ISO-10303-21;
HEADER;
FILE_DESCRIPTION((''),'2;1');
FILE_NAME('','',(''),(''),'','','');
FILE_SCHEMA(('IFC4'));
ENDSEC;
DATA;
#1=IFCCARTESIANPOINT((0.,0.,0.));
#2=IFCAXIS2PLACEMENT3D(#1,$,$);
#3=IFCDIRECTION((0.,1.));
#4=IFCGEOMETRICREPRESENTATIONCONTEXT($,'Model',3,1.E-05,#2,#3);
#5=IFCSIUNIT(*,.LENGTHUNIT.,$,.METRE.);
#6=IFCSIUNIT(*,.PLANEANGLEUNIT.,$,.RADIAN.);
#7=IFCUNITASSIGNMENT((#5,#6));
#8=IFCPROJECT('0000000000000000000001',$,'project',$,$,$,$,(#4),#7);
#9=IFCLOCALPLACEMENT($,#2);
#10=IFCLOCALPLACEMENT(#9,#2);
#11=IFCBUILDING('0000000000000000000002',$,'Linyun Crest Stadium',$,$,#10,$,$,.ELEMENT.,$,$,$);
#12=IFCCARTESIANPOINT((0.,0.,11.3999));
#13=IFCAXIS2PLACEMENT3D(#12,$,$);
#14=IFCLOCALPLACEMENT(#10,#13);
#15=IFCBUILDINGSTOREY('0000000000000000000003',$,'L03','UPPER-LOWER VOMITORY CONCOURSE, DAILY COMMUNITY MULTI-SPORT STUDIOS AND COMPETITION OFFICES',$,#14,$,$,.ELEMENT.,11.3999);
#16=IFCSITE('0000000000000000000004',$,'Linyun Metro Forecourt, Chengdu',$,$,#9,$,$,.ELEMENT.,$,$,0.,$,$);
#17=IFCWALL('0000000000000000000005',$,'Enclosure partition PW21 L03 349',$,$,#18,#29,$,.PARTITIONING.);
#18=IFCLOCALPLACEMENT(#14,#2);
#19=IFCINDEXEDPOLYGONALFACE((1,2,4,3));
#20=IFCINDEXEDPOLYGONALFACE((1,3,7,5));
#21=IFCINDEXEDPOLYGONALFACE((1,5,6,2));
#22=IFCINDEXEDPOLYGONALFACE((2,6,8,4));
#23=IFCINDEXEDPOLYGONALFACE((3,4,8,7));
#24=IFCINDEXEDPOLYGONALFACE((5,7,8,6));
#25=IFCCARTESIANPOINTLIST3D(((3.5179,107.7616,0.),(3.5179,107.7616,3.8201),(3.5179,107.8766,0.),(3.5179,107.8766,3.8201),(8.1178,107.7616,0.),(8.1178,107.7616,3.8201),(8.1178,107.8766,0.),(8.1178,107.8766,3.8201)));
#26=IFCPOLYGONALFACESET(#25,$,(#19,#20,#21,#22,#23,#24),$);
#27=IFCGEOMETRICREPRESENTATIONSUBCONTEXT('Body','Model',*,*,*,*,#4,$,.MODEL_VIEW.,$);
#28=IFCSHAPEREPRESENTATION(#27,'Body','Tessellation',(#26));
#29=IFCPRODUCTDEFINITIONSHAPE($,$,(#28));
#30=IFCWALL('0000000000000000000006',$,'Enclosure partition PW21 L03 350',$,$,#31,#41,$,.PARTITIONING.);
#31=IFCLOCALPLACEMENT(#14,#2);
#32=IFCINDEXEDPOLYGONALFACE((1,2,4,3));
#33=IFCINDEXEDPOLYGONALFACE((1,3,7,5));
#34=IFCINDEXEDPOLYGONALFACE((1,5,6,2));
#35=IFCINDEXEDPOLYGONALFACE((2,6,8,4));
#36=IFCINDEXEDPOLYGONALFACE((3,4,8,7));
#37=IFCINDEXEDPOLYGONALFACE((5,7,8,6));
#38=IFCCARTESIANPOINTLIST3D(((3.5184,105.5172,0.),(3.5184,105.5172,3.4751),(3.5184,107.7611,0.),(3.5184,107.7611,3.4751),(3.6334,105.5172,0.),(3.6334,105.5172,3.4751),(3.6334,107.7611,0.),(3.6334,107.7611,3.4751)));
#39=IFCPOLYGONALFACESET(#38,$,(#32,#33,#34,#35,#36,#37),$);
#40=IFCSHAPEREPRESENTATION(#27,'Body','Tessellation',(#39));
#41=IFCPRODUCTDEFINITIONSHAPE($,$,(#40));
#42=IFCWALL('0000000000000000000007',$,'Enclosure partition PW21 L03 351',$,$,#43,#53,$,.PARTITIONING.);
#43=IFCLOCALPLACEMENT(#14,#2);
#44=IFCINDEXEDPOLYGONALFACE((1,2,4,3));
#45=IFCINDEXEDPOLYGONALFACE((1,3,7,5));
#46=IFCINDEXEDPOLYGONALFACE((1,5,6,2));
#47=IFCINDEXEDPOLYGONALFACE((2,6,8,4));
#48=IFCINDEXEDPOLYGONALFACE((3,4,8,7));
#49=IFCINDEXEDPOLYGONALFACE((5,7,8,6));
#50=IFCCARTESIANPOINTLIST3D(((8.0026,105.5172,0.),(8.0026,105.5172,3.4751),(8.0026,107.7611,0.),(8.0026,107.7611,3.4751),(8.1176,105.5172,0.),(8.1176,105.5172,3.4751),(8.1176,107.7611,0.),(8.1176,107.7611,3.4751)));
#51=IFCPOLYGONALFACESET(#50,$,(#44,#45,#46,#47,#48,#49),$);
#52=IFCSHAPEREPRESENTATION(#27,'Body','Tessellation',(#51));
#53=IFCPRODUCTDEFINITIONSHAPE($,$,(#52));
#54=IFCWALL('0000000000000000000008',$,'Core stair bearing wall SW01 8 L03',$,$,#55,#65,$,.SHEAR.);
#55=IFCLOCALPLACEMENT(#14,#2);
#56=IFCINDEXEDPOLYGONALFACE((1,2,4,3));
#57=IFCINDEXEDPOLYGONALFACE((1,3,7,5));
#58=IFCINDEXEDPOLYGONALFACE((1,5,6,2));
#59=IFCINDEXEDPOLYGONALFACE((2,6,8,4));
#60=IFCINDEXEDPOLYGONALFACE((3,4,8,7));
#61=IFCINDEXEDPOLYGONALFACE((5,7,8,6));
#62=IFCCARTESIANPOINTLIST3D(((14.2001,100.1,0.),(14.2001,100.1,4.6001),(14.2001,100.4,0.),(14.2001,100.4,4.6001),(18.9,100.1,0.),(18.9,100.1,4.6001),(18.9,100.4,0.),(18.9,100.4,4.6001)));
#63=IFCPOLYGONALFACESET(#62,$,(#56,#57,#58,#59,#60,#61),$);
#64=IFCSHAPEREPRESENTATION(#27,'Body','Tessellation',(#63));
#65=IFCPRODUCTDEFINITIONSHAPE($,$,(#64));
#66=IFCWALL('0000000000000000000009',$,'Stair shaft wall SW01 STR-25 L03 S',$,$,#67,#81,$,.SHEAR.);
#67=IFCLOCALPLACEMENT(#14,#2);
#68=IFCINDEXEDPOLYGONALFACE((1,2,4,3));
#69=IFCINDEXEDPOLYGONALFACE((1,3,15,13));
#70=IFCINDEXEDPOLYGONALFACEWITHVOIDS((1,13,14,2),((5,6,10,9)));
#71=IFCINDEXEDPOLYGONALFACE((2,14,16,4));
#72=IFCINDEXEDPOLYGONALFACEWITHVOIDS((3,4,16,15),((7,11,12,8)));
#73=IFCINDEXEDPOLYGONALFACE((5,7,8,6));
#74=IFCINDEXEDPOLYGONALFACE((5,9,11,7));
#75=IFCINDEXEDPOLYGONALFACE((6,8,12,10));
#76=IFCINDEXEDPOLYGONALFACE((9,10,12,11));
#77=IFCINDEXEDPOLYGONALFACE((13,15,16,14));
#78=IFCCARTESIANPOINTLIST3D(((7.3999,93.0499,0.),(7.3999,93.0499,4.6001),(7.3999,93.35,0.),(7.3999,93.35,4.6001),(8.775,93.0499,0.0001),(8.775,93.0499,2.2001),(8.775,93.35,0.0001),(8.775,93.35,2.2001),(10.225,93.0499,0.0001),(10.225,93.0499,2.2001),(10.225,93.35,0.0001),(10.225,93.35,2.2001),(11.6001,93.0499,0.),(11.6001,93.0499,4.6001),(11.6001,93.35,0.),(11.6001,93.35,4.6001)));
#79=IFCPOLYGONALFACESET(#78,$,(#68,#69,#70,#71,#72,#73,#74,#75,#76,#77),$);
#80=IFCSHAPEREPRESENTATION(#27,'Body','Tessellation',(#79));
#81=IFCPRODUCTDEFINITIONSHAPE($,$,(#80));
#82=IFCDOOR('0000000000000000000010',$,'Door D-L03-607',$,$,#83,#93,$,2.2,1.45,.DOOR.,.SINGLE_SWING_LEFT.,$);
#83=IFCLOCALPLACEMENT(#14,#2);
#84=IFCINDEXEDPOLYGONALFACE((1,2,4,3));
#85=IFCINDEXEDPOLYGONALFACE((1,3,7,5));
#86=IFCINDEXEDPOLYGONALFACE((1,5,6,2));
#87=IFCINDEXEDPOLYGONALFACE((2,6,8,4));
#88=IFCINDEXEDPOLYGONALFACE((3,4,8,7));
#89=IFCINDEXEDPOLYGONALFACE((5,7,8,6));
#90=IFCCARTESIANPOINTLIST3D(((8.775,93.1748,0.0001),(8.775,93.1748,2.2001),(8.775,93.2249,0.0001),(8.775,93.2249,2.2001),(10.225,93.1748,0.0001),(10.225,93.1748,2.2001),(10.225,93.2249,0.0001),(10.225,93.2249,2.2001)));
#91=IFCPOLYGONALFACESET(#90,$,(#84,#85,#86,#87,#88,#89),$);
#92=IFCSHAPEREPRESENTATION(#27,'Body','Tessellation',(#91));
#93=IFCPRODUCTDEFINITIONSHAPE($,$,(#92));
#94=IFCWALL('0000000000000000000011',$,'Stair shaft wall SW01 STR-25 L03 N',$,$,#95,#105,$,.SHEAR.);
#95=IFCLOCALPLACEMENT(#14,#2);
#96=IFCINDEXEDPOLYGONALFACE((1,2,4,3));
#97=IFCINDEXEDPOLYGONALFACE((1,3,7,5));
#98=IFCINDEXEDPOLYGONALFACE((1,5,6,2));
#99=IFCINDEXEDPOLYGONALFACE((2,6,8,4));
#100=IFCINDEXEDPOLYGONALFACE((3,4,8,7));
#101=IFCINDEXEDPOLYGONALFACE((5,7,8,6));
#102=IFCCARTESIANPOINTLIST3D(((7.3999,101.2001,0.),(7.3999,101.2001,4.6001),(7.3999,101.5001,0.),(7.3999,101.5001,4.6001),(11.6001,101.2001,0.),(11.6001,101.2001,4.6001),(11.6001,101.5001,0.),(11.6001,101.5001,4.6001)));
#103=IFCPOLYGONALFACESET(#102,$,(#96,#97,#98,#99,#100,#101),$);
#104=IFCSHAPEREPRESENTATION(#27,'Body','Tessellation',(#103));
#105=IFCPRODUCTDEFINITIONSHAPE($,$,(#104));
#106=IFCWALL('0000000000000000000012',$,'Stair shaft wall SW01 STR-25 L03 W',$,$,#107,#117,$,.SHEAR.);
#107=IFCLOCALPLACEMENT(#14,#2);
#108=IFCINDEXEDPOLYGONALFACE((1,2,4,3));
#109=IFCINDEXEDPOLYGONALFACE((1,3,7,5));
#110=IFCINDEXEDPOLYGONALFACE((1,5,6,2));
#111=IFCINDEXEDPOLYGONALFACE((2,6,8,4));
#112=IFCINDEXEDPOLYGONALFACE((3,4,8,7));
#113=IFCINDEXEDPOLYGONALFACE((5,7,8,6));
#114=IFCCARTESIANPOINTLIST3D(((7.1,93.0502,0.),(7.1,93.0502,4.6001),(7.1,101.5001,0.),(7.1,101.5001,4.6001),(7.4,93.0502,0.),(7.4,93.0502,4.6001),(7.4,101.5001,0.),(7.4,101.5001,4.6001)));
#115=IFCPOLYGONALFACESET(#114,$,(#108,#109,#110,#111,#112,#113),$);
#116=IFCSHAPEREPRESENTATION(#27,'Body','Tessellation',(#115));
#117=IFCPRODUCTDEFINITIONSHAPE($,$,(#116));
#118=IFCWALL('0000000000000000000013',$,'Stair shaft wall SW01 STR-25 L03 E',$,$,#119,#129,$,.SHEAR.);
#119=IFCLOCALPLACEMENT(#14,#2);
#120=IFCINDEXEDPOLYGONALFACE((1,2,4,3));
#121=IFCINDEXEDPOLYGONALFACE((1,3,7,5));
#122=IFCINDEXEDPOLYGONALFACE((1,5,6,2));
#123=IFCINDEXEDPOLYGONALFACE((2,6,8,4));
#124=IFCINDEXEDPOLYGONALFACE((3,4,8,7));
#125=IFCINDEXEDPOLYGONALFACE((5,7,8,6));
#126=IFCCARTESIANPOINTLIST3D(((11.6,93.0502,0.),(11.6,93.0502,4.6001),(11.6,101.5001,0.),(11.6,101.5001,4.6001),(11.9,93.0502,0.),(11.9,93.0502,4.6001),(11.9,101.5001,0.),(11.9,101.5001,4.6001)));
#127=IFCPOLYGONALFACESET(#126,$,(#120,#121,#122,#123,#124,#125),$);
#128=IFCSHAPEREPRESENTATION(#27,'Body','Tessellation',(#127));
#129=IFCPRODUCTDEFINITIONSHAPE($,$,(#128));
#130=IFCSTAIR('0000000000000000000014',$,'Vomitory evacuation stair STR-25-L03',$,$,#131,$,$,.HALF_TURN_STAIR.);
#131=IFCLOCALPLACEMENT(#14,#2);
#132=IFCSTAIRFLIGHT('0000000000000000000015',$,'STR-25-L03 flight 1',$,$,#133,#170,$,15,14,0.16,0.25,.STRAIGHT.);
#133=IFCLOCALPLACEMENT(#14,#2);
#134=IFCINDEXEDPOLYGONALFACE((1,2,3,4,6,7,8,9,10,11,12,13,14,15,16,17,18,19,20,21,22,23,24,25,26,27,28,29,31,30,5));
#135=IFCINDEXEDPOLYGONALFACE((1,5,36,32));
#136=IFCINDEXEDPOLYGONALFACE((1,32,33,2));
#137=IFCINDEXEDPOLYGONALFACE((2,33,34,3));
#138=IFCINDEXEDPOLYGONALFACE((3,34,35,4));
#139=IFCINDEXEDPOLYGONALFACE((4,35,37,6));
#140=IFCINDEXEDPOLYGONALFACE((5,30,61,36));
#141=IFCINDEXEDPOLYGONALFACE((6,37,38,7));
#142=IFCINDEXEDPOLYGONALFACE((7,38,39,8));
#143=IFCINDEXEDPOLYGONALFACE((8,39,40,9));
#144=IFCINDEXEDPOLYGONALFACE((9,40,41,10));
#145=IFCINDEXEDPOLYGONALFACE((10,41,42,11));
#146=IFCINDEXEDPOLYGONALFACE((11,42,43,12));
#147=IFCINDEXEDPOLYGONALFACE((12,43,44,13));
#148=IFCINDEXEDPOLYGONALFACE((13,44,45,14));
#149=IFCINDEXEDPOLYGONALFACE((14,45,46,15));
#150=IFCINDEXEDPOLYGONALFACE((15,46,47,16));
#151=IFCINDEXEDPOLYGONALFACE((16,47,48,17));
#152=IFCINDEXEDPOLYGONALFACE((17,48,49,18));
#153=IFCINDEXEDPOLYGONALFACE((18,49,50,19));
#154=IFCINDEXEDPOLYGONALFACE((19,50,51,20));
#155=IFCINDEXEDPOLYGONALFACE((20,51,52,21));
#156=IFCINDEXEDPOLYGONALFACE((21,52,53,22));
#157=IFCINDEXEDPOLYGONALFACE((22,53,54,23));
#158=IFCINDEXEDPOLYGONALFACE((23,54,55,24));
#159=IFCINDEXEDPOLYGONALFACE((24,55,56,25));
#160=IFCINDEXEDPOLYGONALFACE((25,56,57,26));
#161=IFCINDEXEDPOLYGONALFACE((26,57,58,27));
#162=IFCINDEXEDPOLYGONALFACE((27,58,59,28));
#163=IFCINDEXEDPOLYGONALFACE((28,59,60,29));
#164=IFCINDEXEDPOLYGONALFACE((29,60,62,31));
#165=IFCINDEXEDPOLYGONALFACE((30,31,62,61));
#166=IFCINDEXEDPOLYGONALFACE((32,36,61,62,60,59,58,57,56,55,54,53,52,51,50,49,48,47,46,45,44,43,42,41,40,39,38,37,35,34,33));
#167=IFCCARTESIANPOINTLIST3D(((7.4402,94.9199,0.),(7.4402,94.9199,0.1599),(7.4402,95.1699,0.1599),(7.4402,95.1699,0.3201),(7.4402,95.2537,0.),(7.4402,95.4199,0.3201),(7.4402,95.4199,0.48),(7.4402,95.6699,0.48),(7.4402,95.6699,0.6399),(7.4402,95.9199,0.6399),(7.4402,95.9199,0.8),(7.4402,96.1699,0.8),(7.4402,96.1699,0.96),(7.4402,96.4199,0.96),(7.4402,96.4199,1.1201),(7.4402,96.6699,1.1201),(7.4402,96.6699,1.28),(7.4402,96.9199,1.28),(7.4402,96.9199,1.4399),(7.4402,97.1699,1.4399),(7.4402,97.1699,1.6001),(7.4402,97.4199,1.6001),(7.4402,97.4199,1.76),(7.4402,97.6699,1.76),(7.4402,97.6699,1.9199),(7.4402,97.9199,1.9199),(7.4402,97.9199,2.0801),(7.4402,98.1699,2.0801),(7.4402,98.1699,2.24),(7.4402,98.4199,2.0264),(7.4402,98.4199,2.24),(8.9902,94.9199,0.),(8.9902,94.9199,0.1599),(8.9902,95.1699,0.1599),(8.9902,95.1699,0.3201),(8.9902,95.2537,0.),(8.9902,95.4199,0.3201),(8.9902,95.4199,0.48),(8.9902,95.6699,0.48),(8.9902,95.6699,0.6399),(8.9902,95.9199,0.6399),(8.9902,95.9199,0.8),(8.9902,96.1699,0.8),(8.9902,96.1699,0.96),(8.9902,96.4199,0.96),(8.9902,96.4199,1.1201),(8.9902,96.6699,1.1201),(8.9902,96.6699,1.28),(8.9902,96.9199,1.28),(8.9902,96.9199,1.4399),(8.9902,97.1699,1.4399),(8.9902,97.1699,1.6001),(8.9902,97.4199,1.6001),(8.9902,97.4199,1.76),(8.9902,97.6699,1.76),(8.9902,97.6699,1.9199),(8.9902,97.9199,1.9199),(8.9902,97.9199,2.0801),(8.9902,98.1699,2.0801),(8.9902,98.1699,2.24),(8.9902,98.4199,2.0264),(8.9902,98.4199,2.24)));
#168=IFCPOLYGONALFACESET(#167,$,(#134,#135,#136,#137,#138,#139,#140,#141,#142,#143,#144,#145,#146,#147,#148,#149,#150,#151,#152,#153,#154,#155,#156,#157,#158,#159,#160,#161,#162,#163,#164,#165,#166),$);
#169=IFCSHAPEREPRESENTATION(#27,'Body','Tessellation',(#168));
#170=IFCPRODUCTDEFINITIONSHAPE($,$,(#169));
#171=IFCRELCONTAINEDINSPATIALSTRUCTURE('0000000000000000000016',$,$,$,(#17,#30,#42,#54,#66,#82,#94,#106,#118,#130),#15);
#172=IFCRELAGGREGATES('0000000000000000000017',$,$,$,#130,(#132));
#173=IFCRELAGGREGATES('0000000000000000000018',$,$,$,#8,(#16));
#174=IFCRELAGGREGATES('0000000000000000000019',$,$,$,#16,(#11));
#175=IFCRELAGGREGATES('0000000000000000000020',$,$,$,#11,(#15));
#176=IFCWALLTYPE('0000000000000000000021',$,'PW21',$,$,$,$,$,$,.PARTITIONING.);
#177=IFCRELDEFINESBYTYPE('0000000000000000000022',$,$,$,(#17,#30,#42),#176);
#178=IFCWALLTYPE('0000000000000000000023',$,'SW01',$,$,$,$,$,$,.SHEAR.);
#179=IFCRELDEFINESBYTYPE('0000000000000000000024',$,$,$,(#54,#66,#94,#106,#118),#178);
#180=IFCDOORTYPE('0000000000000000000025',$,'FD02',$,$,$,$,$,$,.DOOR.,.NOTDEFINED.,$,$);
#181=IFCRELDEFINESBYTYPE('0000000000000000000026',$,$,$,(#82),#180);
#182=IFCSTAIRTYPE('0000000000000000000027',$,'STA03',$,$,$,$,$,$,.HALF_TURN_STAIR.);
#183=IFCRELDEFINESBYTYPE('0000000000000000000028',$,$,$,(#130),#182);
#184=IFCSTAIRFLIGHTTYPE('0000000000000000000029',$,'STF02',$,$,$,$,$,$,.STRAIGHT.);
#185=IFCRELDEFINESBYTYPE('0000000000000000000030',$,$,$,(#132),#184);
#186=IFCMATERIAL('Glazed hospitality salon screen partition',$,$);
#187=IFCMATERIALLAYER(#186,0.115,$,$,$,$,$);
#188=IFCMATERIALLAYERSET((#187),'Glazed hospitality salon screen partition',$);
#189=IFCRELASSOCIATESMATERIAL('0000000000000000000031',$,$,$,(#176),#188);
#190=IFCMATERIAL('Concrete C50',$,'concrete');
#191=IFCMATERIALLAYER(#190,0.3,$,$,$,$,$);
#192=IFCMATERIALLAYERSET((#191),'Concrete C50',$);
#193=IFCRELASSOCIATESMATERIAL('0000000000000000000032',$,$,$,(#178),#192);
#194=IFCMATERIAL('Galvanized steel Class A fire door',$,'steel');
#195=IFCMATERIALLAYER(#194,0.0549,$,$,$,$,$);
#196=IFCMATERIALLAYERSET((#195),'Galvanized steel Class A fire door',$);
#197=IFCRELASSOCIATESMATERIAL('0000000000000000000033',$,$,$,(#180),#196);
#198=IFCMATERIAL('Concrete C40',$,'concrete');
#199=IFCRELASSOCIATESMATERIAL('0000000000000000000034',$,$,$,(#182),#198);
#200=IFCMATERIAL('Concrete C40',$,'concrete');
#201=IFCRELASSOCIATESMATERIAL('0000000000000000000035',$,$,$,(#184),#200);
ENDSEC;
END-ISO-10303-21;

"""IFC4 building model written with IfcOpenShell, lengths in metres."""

from ifc_helpers import new_model, si_unit, direction, frame, frame_2d, origin, place, context, subcontext, project, spatial, polyline, rectangle, outline, extrude, material, layer, layer_set, type_object, element, fill, aggregate, save


model = new_model("IFC4")

# Units and contexts
model_context = context("Model", 3, precision=1e-05, world=origin(), true_north=direction((0.0, 1.0)))
body_context = subcontext(model_context, "Body", "Model", "MODEL_VIEW")
ifc_project = project(units=[si_unit("LENGTHUNIT", "METRE"), si_unit("PLANEANGLEUNIT", "RADIAN")], contexts=[model_context])

# Site, building, storey
site_placement = place(None, origin())
site = spatial("IfcSite", under=ifc_project, at=site_placement, Name="Linyun Metro Forecourt, Chengdu", CompositionType="ELEMENT", RefElevation=0.0)
building_placement = place(site_placement, origin())
building = spatial("IfcBuilding", under=site, at=building_placement, Name="Linyun Crest Stadium", CompositionType="ELEMENT")
storey_placement = place(building_placement, frame((0.0, 0.0, 11.3999)))
storey = spatial("IfcBuildingStorey", under=building, at=storey_placement, Name="L03", Description="UPPER-LOWER VOMITORY CONCOURSE, DAILY COMMUNITY MULTI-SPORT STUDIOS AND COMPETITION OFFICES", CompositionType="ELEMENT", Elevation=11.3999)

# Shared definitions
ifc_material_1 = material(Name="Glazed hospitality salon screen partition")
ifc_layer_1 = layer(ifc_material_1, 0.115)
ifc_layer_set_1 = layer_set([ifc_layer_1], Name="Glazed hospitality salon screen partition")
wall_type_1 = type_object("IfcWallType", Name="PW21", PredefinedType="PARTITIONING", material=ifc_layer_set_1)

# Walls
wall_1_placement = place(storey_placement, frame((3.5181, 107.8191, 0.0), z_axis=(0.0, 0.0, 1.0), x_axis=(1.0, 0.0, 0.0)))
element("IfcWall", 1, at=wall_1_placement, inside=storey, type_object=wall_type_1, Name="Enclosure partition PW21 L03 349", PredefinedType="PARTITIONING", context=body_context, shape_type="SweptSolid", body=[
    extrude(rectangle(XDim=4.5999, YDim=0.115, at=frame_2d((2.2998, 0.0))), origin(), (0.0, 0.0, 1.0), 3.8201),
])
for number, where, z_axis, x_axis, name in (
    (2, (3.5759, 105.5171, 0.0), (0.0, 0.0, 1.0), (0.0, 1.0, 0.0), "Enclosure partition PW21 L03 350"),
    (3, (8.0601, 105.5171, 0.0), (0.0, 0.0, 1.0), (0.0, 1.0, 0.0), "Enclosure partition PW21 L03 351"),
):
    element("IfcWall", number, at=place(storey_placement, frame(where, z_axis=z_axis, x_axis=x_axis)), inside=storey, type_object=wall_type_1, Name=name, PredefinedType="PARTITIONING", context=body_context, shape_type="SweptSolid", body=[
        extrude(rectangle(XDim=2.2439, YDim=0.115, at=frame_2d((1.1221, 0.0))), origin(), (0.0, 0.0, 1.0), 3.4751),
    ])
ifc_material_2 = material(Name="Concrete C50", Category="concrete")
ifc_layer_2 = layer(ifc_material_2, 0.3)
ifc_layer_set_2 = layer_set([ifc_layer_2], Name="Concrete C50")
wall_type_2 = type_object("IfcWallType", Name="SW01", PredefinedType="SHEAR", material=ifc_layer_set_2)
wall_2_placement = place(storey_placement, frame((14.2, 100.25, 0.0), z_axis=(0.0, 0.0, 1.0), x_axis=(1.0, 0.0, 0.0)))
element("IfcWall", 4, at=wall_2_placement, inside=storey, type_object=wall_type_2, Name="Core stair bearing wall SW01 8 L03", PredefinedType="SHEAR", context=body_context, shape_type="SweptSolid", body=[
    extrude(rectangle(XDim=4.7, YDim=0.3, at=frame_2d((2.3501, 0.0))), origin(), (0.0, 0.0, 1.0), 4.6001),
])

# Wall, opening, door
wall_3_placement = place(storey_placement, frame((7.3999, 93.2, 0.0), z_axis=(0.0, 0.0, 1.0), x_axis=(1.0, 0.0, 0.0)))
wall_3 = element("IfcWall", 5, at=wall_3_placement, inside=storey, type_object=wall_type_2, Name="Stair shaft wall SW01 STR-25 L03 S", PredefinedType="SHEAR", context=body_context, shape_type="SweptSolid", body=[
    extrude(rectangle(XDim=4.2002, YDim=0.3, at=frame_2d((2.1001, 0.0))), origin(), (0.0, 0.0, 1.0), 4.6001),
])
opening_1_placement = place(wall_3_placement, frame((1.375, 0.0, 0.0)))
opening_1 = element("IfcOpeningElement", 6, at=opening_1_placement, cuts=wall_3, PredefinedType="OPENING", context=body_context, shape_type="SweptSolid", body=[
    extrude(rectangle(XDim=1.45, YDim=2.2, at=frame_2d((0.7251, 1.1001))), frame((0.0, 0.1599, 0.0), z_axis=(0.0, -1.0, 0.0), x_axis=(1.0, 0.0, 0.0)), (0.0, 0.0, 1.0), 0.3201),
])
ifc_material_3 = material(Name="Galvanized steel Class A fire door", Category="steel")
ifc_layer_3 = layer(ifc_material_3, 0.0549)
ifc_layer_set_3 = layer_set([ifc_layer_3], Name="Galvanized steel Class A fire door")
door_type_1 = type_object("IfcDoorType", Name="FD02", OperationType="NOTDEFINED", PredefinedType="DOOR", material=ifc_layer_set_3)
door_1_placement = place(opening_1_placement, origin())
door_1 = element("IfcDoor", 7, at=door_1_placement, inside=storey, type_object=door_type_1, Name="Door D-L03-607", OperationType="SINGLE_SWING_LEFT", OverallHeight=2.2, OverallWidth=1.45, PredefinedType="DOOR", context=body_context, shape_type="SweptSolid", body=[
    extrude(rectangle(XDim=1.45, YDim=2.2, at=frame_2d((0.7251, 1.1001))), frame((0.0, 0.0249, 0.0), z_axis=(0.0, -1.0, 0.0), x_axis=(1.0, 0.0, 0.0)), (0.0, 0.0, 1.0), 0.05),
])
fill(opening_1, door_1)

# Walls
wall_4_placement = place(storey_placement, frame((7.3999, 101.3501, 0.0), z_axis=(0.0, 0.0, 1.0), x_axis=(1.0, 0.0, 0.0)))
element("IfcWall", 8, at=wall_4_placement, inside=storey, type_object=wall_type_2, Name="Stair shaft wall SW01 STR-25 L03 N", PredefinedType="SHEAR", context=body_context, shape_type="SweptSolid", body=[
    extrude(rectangle(XDim=4.2002, YDim=0.3, at=frame_2d((2.1001, 0.0))), origin(), (0.0, 0.0, 1.0), 4.6001),
])
for number, where, z_axis, x_axis, name in (
    (9, (7.25, 93.05, 0.0), (0.0, 0.0, 1.0), (0.0, 1.0, 0.0), "Stair shaft wall SW01 STR-25 L03 W"),
    (10, (11.75, 93.05, 0.0), (0.0, 0.0, 1.0), (0.0, 1.0, 0.0), "Stair shaft wall SW01 STR-25 L03 E"),
):
    element("IfcWall", number, at=place(storey_placement, frame(where, z_axis=z_axis, x_axis=x_axis)), inside=storey, type_object=wall_type_2, Name=name, PredefinedType="SHEAR", context=body_context, shape_type="SweptSolid", body=[
        extrude(rectangle(XDim=8.45, YDim=0.3, at=frame_2d((4.2251, 0.0))), origin(), (0.0, 0.0, 1.0), 4.6001),
    ])

# Stair, stair flight
ifc_material_4 = material(Name="Concrete C40", Category="concrete")
stair_type = type_object("IfcStairType", Name="STA03", PredefinedType="HALF_TURN_STAIR", material=ifc_material_4)
stair_placement = place(storey_placement, origin())
stair = element("IfcStair", 11, at=stair_placement, inside=storey, type_object=stair_type, Name="Vomitory evacuation stair STR-25-L03", PredefinedType="HALF_TURN_STAIR")
ifc_material_5 = material(Name="Concrete C40", Category="concrete")
stair_flight_type = type_object("IfcStairFlightType", Name="STF02", PredefinedType="STRAIGHT", material=ifc_material_5)
stair_flight_1_placement = place(storey_placement, frame((8.2151, 94.9199, 0.0), z_axis=(0.0, 0.0, 1.0), x_axis=(0.0, 1.0, 0.0)))
stair_flight_1 = element("IfcStairFlight", 12, at=stair_flight_1_placement, type_object=stair_flight_type, Name="STR-25-L03 flight 1", NumberOfRisers=15, NumberOfTreads=14, PredefinedType="STRAIGHT", RiserHeight=0.16, TreadLength=0.25, context=body_context, shape_type="SweptSolid", body=[
    extrude(outline(polyline([(0.0, 0.0), (0.0, 0.1599), (0.25, 0.1599), (0.25, 0.3201), (0.5, 0.3201), (0.5, 0.48), (0.75, 0.48), (0.75, 0.6399), (1.0, 0.6399), (1.0, 0.8), (1.25, 0.8), (1.25, 0.96), (1.5, 0.96), (1.5, 1.1201), (1.75, 1.1201), (1.75, 1.28), (2.0, 1.28), (2.0, 1.4399), (2.25, 1.4399), (2.25, 1.6001), (2.5, 1.6001), (2.5, 1.76), (2.75, 1.76), (2.75, 1.9199), (3.0, 1.9199), (3.0, 2.0801), (3.25, 2.0801), (3.25, 2.24), (3.5, 2.24), (3.5, 2.3999), (3.5, 2.0264), (0.3337, 0.0), (0.0, 0.0)])), frame((0.0, 0.7749, 0.0), z_axis=(0.0, -1.0, 0.0), x_axis=(1.0, 0.0, 0.0)), (0.0, 0.0, 1.0), 1.55),
])
aggregate(stair, [stair_flight_1])

save(model, "model.ifc")
